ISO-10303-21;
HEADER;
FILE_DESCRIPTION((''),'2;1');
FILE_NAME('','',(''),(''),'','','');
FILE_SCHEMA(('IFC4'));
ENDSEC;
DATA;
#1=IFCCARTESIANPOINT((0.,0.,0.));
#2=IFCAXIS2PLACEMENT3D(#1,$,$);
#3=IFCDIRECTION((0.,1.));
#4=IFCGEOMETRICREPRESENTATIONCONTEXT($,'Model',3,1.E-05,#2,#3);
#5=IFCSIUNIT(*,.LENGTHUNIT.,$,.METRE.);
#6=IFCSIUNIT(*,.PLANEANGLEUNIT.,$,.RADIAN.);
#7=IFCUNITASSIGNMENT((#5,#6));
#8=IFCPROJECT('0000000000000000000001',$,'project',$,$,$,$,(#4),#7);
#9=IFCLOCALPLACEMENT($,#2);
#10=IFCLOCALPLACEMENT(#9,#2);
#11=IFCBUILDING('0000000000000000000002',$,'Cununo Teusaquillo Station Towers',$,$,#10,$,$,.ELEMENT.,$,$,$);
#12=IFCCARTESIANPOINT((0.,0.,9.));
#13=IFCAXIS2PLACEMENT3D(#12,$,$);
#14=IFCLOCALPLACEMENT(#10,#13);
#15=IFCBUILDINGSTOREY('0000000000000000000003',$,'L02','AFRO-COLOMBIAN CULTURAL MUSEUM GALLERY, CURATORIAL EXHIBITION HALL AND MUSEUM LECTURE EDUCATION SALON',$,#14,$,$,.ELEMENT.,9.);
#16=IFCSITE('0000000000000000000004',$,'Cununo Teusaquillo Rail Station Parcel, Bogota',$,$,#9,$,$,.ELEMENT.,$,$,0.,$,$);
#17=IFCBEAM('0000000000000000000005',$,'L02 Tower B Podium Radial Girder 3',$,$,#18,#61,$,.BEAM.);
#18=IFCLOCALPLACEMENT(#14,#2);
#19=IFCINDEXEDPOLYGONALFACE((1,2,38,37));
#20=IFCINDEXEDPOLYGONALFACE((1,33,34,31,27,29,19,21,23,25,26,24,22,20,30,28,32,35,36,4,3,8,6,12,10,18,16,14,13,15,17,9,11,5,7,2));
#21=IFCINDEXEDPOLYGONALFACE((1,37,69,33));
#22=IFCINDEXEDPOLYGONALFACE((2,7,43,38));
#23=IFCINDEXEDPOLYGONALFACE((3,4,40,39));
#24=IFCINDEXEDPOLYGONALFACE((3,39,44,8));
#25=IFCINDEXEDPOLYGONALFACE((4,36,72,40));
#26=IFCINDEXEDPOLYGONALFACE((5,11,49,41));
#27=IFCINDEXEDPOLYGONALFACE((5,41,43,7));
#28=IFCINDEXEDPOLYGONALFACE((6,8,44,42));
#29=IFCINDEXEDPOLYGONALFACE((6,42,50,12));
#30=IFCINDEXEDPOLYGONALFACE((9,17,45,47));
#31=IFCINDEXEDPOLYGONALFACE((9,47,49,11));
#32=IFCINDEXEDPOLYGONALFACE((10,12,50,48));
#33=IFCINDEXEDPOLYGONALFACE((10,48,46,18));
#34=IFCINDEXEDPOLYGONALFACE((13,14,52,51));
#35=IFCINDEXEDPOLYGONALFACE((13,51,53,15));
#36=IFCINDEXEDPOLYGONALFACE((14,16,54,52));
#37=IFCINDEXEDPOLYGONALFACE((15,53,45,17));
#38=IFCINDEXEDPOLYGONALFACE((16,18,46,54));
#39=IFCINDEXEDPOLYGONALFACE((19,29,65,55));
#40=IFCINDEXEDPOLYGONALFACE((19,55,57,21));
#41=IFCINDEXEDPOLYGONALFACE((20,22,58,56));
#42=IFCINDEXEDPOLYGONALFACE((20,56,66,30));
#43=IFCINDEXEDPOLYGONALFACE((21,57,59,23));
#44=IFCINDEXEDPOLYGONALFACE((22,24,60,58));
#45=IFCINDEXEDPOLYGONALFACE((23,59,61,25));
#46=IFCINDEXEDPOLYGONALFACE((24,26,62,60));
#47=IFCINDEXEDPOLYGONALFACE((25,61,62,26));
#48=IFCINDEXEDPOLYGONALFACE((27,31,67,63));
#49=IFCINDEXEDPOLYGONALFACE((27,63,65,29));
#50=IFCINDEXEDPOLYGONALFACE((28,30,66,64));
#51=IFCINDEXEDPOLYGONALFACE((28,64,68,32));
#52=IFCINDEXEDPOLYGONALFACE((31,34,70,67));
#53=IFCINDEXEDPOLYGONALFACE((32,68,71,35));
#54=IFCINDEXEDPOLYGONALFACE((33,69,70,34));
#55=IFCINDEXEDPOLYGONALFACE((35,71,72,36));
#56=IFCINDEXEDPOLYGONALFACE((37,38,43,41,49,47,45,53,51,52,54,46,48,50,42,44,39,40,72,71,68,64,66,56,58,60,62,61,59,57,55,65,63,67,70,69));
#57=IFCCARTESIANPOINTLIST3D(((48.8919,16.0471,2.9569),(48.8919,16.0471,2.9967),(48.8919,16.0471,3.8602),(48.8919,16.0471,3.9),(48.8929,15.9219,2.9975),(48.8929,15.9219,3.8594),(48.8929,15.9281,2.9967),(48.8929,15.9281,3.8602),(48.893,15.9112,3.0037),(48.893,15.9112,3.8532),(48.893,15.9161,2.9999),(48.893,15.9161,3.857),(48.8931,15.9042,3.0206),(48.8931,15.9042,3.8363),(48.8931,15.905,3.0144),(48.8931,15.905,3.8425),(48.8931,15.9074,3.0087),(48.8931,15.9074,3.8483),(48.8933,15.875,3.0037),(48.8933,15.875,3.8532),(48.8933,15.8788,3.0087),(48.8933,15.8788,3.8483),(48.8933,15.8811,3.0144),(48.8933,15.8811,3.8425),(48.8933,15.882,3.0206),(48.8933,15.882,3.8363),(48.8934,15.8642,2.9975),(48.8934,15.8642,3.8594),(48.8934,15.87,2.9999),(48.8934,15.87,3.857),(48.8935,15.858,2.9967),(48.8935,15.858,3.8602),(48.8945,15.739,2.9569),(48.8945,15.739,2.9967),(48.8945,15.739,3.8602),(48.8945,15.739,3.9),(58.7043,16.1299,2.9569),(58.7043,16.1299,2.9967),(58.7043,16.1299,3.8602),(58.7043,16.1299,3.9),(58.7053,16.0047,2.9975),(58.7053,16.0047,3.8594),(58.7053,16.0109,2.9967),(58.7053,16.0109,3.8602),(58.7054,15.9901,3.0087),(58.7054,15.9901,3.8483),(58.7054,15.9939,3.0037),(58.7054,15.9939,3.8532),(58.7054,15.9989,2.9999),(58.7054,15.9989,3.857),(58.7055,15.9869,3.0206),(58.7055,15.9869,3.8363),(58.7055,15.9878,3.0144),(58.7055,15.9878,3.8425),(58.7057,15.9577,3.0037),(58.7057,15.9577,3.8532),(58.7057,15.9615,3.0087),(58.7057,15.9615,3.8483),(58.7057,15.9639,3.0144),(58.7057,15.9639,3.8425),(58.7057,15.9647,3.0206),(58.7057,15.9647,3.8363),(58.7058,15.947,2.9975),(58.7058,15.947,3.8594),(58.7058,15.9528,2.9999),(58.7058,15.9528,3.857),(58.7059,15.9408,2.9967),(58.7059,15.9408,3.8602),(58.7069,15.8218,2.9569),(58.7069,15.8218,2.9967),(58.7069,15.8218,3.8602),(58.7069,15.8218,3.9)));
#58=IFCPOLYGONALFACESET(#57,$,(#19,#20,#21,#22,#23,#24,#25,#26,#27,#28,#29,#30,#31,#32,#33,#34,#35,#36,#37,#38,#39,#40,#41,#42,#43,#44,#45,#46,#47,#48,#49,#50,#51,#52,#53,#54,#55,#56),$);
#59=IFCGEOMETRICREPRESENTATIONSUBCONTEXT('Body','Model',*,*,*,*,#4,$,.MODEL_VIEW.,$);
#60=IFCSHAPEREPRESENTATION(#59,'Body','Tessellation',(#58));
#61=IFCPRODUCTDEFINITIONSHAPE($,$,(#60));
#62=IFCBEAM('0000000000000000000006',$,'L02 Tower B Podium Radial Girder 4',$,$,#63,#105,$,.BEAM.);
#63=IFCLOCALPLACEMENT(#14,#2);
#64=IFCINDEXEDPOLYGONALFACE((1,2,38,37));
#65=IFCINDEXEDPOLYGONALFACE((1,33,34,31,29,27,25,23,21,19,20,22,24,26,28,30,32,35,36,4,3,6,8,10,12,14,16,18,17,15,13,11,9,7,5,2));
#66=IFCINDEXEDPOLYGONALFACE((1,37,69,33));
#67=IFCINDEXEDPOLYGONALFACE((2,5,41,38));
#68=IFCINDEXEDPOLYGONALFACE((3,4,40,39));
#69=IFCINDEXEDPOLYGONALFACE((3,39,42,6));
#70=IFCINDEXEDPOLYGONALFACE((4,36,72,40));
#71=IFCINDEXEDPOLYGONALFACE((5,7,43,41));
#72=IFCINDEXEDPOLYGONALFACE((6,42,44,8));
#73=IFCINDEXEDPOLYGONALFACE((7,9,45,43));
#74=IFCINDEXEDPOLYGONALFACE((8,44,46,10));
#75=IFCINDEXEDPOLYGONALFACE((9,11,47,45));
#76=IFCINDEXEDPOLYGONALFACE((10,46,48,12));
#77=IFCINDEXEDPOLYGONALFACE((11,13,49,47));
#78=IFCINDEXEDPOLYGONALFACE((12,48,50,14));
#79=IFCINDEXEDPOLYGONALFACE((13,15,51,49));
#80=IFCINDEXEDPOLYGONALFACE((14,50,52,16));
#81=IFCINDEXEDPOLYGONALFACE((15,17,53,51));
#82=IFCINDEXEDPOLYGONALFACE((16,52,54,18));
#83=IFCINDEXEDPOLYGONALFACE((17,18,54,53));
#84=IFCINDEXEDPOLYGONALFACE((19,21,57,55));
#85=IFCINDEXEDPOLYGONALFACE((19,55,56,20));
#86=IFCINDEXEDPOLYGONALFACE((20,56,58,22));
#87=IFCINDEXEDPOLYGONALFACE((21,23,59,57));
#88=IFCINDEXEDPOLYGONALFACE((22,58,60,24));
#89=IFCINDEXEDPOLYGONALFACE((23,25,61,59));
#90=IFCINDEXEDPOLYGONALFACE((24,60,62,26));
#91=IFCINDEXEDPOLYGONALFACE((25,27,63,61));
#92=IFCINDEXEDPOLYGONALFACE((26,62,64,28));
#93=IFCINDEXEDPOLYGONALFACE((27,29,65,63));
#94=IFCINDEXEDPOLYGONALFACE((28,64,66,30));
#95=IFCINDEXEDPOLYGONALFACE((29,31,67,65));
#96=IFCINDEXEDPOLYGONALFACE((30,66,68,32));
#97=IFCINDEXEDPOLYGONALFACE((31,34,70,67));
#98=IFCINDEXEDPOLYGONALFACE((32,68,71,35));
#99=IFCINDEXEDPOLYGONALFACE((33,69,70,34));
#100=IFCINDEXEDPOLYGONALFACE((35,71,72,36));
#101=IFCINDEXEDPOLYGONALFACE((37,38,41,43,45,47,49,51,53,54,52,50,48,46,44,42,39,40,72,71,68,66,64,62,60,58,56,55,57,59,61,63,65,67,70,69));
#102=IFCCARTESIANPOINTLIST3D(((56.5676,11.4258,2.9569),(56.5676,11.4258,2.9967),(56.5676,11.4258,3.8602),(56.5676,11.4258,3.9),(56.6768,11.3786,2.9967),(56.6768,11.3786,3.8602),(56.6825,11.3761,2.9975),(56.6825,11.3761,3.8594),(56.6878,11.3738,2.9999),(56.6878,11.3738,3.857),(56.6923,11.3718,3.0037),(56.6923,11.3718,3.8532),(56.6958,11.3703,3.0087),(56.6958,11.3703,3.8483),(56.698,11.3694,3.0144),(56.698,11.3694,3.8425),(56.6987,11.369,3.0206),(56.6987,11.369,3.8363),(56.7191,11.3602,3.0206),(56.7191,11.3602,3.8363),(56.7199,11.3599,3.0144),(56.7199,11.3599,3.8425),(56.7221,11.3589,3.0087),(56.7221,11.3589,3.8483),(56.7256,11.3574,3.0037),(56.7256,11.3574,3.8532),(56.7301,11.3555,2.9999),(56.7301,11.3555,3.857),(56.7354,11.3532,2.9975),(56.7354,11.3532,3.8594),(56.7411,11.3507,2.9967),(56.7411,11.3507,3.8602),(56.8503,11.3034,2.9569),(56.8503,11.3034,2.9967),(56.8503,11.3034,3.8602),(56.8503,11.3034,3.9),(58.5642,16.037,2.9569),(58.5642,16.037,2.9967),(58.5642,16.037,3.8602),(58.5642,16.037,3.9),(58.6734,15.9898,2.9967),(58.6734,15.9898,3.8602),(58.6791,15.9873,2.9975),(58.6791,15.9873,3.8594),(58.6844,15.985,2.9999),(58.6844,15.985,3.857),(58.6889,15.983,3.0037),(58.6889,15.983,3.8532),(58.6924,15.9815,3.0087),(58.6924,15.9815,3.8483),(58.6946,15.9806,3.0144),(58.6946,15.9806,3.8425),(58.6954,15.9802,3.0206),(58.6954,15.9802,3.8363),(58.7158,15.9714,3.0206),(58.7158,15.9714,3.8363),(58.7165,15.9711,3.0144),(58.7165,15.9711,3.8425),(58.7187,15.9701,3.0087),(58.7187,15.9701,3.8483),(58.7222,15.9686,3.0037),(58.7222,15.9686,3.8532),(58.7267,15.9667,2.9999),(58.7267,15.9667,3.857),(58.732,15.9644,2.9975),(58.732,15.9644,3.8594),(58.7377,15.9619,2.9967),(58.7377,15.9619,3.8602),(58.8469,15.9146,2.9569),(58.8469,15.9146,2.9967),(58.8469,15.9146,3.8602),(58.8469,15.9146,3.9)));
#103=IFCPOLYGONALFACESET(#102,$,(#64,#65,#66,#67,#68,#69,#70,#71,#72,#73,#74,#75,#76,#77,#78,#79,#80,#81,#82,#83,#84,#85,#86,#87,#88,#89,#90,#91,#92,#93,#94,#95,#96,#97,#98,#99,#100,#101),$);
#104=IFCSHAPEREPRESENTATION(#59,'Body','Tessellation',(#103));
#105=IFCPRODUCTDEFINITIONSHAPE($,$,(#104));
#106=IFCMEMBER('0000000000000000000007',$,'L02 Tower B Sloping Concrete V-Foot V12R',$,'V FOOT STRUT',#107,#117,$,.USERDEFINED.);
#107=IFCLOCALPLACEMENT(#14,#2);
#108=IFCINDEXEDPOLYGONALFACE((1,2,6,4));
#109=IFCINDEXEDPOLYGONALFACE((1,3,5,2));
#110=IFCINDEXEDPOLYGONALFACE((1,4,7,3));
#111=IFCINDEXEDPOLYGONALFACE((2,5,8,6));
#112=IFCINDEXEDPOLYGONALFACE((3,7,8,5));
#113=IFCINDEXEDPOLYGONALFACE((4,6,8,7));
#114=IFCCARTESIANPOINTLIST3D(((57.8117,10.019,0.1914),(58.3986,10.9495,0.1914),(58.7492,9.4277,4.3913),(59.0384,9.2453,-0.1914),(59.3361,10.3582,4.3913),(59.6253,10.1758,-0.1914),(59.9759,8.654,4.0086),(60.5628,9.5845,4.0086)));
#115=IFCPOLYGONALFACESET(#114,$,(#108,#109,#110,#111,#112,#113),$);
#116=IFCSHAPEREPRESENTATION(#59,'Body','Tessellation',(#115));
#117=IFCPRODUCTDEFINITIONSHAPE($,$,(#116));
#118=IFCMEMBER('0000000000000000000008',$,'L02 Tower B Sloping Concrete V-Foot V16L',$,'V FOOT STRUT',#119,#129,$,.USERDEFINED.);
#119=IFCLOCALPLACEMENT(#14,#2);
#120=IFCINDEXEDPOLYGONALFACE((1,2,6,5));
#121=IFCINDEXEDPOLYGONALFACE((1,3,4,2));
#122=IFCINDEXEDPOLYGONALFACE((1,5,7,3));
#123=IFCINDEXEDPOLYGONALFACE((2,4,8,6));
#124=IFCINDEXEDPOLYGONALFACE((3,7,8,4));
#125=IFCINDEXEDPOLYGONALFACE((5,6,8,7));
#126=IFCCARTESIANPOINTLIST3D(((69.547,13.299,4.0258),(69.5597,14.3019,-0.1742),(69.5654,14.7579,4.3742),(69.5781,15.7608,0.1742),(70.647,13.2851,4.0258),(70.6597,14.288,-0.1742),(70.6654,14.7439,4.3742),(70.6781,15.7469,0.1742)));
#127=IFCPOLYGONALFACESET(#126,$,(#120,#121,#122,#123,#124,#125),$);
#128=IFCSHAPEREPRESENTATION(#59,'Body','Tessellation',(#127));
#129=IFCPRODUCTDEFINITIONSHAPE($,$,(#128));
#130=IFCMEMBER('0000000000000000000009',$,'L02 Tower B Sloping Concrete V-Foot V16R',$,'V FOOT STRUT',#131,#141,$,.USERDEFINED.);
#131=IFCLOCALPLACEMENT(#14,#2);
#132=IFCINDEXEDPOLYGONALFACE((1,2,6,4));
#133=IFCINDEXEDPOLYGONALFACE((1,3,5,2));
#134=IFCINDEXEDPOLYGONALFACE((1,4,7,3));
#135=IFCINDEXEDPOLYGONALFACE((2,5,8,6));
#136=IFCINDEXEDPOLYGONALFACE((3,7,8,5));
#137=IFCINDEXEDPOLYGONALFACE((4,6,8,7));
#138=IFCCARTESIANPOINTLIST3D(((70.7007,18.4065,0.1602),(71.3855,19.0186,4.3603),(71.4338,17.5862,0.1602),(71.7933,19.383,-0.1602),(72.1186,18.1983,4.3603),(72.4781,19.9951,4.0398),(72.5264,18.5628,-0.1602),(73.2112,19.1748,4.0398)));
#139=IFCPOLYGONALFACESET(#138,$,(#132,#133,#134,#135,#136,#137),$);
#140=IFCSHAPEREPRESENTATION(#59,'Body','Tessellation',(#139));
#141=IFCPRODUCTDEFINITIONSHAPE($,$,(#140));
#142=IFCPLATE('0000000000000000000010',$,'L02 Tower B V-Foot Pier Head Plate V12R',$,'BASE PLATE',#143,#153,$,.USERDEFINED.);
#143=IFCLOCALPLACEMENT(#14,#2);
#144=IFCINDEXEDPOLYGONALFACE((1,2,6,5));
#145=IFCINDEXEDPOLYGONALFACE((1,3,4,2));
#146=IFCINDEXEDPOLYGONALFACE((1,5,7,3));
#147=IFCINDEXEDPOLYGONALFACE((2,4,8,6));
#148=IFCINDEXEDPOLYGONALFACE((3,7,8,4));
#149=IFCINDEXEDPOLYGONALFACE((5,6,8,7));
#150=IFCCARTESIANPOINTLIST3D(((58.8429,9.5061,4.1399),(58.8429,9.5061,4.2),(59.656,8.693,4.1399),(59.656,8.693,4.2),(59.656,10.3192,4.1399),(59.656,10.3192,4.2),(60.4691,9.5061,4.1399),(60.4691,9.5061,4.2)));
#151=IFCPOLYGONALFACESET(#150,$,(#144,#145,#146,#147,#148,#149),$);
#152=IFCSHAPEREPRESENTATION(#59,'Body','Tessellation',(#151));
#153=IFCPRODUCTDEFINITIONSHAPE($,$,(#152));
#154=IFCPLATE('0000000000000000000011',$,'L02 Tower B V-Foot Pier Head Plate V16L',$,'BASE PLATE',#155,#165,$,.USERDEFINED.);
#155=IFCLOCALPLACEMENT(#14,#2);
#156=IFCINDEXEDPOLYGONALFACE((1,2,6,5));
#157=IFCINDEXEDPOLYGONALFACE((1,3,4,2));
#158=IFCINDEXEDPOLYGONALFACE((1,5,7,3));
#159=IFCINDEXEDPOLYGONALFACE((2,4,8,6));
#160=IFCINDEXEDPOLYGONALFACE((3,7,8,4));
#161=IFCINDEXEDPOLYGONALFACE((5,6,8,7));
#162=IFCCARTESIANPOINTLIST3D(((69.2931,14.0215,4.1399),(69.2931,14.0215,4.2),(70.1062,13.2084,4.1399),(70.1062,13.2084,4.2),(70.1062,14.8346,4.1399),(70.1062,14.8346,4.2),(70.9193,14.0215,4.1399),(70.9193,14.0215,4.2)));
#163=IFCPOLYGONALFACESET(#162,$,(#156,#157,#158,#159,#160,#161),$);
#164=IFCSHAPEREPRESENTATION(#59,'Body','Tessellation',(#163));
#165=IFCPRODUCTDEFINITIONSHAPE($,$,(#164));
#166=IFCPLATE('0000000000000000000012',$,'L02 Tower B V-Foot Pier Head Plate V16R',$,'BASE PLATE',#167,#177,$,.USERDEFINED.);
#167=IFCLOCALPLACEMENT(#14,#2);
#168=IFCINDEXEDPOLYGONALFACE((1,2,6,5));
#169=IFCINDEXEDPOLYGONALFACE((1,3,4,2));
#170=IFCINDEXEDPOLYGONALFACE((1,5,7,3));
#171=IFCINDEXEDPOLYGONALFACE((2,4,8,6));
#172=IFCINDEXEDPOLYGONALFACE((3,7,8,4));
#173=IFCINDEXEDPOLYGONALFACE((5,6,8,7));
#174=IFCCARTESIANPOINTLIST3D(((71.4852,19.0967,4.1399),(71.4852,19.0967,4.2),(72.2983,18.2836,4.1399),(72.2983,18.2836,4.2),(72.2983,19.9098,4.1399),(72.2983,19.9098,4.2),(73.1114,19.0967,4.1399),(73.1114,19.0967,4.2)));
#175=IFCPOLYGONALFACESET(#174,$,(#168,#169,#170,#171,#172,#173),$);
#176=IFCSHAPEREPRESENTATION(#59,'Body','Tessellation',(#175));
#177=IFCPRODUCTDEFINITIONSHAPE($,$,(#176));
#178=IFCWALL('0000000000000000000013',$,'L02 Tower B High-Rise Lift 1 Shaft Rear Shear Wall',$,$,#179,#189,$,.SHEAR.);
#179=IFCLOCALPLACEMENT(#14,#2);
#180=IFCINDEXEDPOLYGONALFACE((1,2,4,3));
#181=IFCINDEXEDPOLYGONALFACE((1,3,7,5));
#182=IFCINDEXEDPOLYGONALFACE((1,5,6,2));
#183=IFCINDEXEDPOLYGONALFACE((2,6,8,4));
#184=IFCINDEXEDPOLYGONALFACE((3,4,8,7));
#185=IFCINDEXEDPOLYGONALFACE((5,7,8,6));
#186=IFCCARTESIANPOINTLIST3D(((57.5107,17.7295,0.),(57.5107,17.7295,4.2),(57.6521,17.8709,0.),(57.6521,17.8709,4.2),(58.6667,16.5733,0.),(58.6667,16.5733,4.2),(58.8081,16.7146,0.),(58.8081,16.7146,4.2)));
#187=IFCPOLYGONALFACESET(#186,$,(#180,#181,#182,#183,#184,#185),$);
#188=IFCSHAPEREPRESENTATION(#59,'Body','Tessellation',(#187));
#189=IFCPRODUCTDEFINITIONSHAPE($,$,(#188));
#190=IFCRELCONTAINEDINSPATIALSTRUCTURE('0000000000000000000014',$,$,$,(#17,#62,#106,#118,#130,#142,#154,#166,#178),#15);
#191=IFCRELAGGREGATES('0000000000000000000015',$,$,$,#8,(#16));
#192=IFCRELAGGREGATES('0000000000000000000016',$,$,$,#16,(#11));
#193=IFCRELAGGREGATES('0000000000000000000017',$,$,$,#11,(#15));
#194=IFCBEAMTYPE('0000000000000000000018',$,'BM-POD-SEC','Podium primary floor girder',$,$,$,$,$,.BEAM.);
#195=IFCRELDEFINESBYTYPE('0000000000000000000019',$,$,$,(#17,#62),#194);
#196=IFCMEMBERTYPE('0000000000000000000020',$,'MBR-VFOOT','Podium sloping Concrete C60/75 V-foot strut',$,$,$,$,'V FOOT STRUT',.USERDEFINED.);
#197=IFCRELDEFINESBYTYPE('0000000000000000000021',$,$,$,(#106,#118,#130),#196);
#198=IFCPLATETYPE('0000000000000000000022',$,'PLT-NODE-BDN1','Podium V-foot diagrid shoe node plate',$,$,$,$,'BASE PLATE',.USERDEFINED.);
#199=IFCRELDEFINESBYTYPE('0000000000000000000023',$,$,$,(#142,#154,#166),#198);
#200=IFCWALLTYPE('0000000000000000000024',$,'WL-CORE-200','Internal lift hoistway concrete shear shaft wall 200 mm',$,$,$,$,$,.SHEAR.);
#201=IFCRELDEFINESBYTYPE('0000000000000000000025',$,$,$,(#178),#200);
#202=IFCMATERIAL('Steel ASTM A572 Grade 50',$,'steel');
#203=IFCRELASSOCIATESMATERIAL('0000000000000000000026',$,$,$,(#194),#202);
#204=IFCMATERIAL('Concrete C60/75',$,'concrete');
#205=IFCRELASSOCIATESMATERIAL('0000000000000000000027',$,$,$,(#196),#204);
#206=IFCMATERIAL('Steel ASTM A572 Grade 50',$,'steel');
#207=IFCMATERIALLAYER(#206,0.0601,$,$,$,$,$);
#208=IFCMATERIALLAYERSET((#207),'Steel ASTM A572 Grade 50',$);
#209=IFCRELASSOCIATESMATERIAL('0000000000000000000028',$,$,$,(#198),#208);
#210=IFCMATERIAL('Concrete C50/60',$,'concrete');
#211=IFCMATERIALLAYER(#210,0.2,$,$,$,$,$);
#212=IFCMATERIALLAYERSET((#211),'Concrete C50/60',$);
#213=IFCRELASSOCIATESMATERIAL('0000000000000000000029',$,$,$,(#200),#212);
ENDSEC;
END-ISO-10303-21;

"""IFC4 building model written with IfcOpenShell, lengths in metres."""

from ifc_helpers import new_model, si_unit, direction, frame, frame_2d, origin, origin_2d, place, context, subcontext, project, spatial, rectangle, i_section, extrude, source, transform, mapped, material, layer, layer_set, material_profile, profile_set, type_object, element, save


model = new_model("IFC4")

# Units and contexts
model_context = context("Model", 3, precision=1e-05, world=origin(), true_north=direction((0.0, 1.0)))
body_context = subcontext(model_context, "Body", "Model", "MODEL_VIEW")
ifc_project = project(units=[si_unit("LENGTHUNIT", "METRE"), si_unit("PLANEANGLEUNIT", "RADIAN")], contexts=[model_context])

# Site, building, storey
site_placement = place(None, origin())
site = spatial("IfcSite", under=ifc_project, at=site_placement, Name="Cununo Teusaquillo Rail Station Parcel, Bogota", CompositionType="ELEMENT", RefElevation=0.0)
building_placement = place(site_placement, origin())
building = spatial("IfcBuilding", under=site, at=building_placement, Name="Cununo Teusaquillo Station Towers", CompositionType="ELEMENT")
storey_placement = place(building_placement, frame((0.0, 0.0, 9.0)))
storey = spatial("IfcBuildingStorey", under=building, at=storey_placement, Name="L02", Description="AFRO-COLOMBIAN CULTURAL MUSEUM GALLERY, CURATORIAL EXHIBITION HALL AND MUSEUM LECTURE EDUCATION SALON", CompositionType="ELEMENT", Elevation=9.0)

# Beams
ifc_material_1 = material(Name="Steel ASTM A572 Grade 50", Category="steel")
ifc_material_profile_1 = material_profile(ifc_material_1, i_section(OverallWidth=0.3081, OverallDepth=0.9431, WebThickness=0.0222, FlangeThickness=0.0398, FilletRadius=0.0239, at=origin_2d()), Name="W36X232")
ifc_profile_set_1 = profile_set([ifc_material_profile_1], Name="Steel ASTM A572 Grade 50")
beam_type_1 = type_object("IfcBeamType", Name="BM-POD-SEC", Description="Podium primary floor girder", PredefinedType="BEAM", material=ifc_profile_set_1)
beam_1_placement = place(storey_placement, frame((58.7056, 15.9758, 3.4285), z_axis=(-0.999964, -0.008434, 0.0), x_axis=(0.008434, -0.999964, 0.0)))
element("IfcBeam", 1, at=beam_1_placement, inside=storey, type_object=beam_type_1, Name="L02 Tower B Podium Radial Girder 3", PredefinedType="BEAM", context=body_context, shape_type="SweptSolid", body=[
    extrude(i_section(OverallWidth=0.3081, OverallDepth=0.9431, WebThickness=0.0222, FlangeThickness=0.0398, FilletRadius=0.0239, at=origin_2d()), origin(), (0.0, 0.0, 1.0), 9.8127),
])
beam_2_placement = place(storey_placement, frame((58.7056, 15.9758, 3.4285), z_axis=(-0.397347, -0.917668, 0.0), x_axis=(0.917668, -0.397347, 0.0)))
element("IfcBeam", 2, at=beam_2_placement, inside=storey, type_object=beam_type_1, Name="L02 Tower B Podium Radial Girder 4", PredefinedType="BEAM", context=body_context, shape_type="SweptSolid", body=[
    extrude(i_section(OverallWidth=0.3081, OverallDepth=0.9431, WebThickness=0.0222, FlangeThickness=0.0398, FilletRadius=0.0239, at=origin_2d()), origin(), (0.0, 0.0, 1.0), 5.0249),
])

# Members
ifc_material_2 = material(Name="Concrete C60/75", Category="concrete")
ifc_material_profile_2 = material_profile(ifc_material_2, rectangle(XDim=1.1001, YDim=1.5, at=origin_2d()), Name="RC-RECT-1500x1100")
ifc_profile_set_2 = profile_set([ifc_material_profile_2], Name="Concrete C60/75")
member_type = type_object("IfcMemberType", Name="MBR-VFOOT", Description="Podium sloping Concrete C60/75 V-foot strut", ElementType="V FOOT STRUT", PredefinedType="USERDEFINED", material=ifc_profile_set_2)
member_1_placement = place(storey_placement, frame((58.7185, 10.0974, 0.0), z_axis=(0.215827, -0.136129, 0.966896), x_axis=(0.533479, 0.845813, 0.0)))
element("IfcMember", 3, at=member_1_placement, inside=storey, type_object=member_type, Name="L02 Tower B Sloping Concrete V-Foot V12R", ObjectType="V FOOT STRUT", PredefinedType="USERDEFINED", context=body_context, shape_type="SweptSolid", body=[
    extrude(rectangle(XDim=1.1001, YDim=1.5, at=origin_2d()), origin(), (0.0, 0.0, 1.0), 4.3438),
])
member_2_placement = place(storey_placement, frame((70.1189, 15.0244, 0.0), z_axis=(-0.00294, -0.232264, 0.972648), x_axis=(0.99992, -0.012657, 0.0)))
element("IfcMember", 4, at=member_2_placement, inside=storey, type_object=member_type, Name="L02 Tower B Sloping Concrete V-Foot V16L", ObjectType="V FOOT STRUT", PredefinedType="USERDEFINED", context=body_context, shape_type="SweptSolid", body=[
    extrude(rectangle(XDim=1.1001, YDim=1.5, at=origin_2d()), origin(), (0.0, 0.0, 1.0), 4.3181),
])
member_3_placement = place(storey_placement, frame((71.6135, 18.4846, 0.0), z_axis=(0.159289, 0.142366, 0.976913), x_axis=(-0.666391, 0.745603, 0.0)))
element("IfcMember", 5, at=member_3_placement, inside=storey, type_object=member_type, Name="L02 Tower B Sloping Concrete V-Foot V16R", ObjectType="V FOOT STRUT", PredefinedType="USERDEFINED", context=body_context, shape_type="SweptSolid", body=[
    extrude(rectangle(XDim=1.1001, YDim=1.5, at=origin_2d()), origin(), (0.0, 0.0, 1.0), 4.2993),
])

# Plates
ifc_material_3 = material(Name="Steel ASTM A572 Grade 50", Category="steel")
ifc_layer_1 = layer(ifc_material_3, 0.0601)
ifc_layer_set_1 = layer_set([ifc_layer_1], Name="Steel ASTM A572 Grade 50")
plate_type = type_object("IfcPlateType", Name="PLT-NODE-BDN1", Description="Podium V-foot diagrid shoe node plate", ElementType="BASE PLATE", PredefinedType="USERDEFINED", material=ifc_layer_set_1)
shared_shape_1 = source(origin(), body_context, "Body", "SweptSolid", [
    extrude(rectangle(XDim=1.1499, YDim=1.1499, at=origin_2d()), origin(), (0.0, 0.0, 1.0), 0.0601),
])
for number, where, z_axis, x_axis, name in (
    (6, (59.656, 9.5061, 4.1399), (0.0, 0.0, 1.0), (0.707107, 0.707107, 0.0), "L02 Tower B V-Foot Pier Head Plate V12R"),
    (7, (70.1062, 14.0215, 4.1399), (0.0, 0.0, 1.0), (0.707107, 0.707107, 0.0), "L02 Tower B V-Foot Pier Head Plate V16L"),
    (8, (72.2983, 19.0967, 4.1399), (0.0, 0.0, 1.0), (0.707107, 0.707107, 0.0), "L02 Tower B V-Foot Pier Head Plate V16R"),
):
    element("IfcPlate", number, at=place(storey_placement, frame(where, z_axis=z_axis, x_axis=x_axis)), inside=storey, type_object=plate_type, Name=name, ObjectType="BASE PLATE", PredefinedType="USERDEFINED", context=body_context, shape_type="MappedRepresentation", body=[
        mapped(shared_shape_1, transform((0.0, 0.0, 0.0), x_axis=(1.0, 0.0, 0.0), y_axis=(0.0, 1.0, 0.0), z_axis=(0.0, 0.0, 1.0), scale=1.0)),
    ])

# Wall
ifc_material_4 = material(Name="Concrete C50/60", Category="concrete")
ifc_layer_2 = layer(ifc_material_4, 0.2)
ifc_layer_set_2 = layer_set([ifc_layer_2], Name="Concrete C50/60")
wall_type_1 = type_object("IfcWallType", Name="WL-CORE-200", Description="Internal lift hoistway concrete shear shaft wall 200 mm", PredefinedType="SHEAR", material=ifc_layer_set_2)
wall_1_placement = place(storey_placement, frame((58.7373, 16.644, 0.0), z_axis=(0.0, 0.0, 1.0), x_axis=(-0.707032, 0.707181, 0.0)))
element("IfcWall", 9, at=wall_1_placement, inside=storey, type_object=wall_type_1, Name="L02 Tower B High-Rise Lift 1 Shaft Rear Shear Wall", PredefinedType="SHEAR", context=body_context, shape_type="SweptSolid", body=[
    extrude(rectangle(XDim=1.635, YDim=0.2, at=frame_2d((0.8174, 0.0))), origin(), (0.0, 0.0, 1.0), 4.2),
])

save(model, "model.ifc")
